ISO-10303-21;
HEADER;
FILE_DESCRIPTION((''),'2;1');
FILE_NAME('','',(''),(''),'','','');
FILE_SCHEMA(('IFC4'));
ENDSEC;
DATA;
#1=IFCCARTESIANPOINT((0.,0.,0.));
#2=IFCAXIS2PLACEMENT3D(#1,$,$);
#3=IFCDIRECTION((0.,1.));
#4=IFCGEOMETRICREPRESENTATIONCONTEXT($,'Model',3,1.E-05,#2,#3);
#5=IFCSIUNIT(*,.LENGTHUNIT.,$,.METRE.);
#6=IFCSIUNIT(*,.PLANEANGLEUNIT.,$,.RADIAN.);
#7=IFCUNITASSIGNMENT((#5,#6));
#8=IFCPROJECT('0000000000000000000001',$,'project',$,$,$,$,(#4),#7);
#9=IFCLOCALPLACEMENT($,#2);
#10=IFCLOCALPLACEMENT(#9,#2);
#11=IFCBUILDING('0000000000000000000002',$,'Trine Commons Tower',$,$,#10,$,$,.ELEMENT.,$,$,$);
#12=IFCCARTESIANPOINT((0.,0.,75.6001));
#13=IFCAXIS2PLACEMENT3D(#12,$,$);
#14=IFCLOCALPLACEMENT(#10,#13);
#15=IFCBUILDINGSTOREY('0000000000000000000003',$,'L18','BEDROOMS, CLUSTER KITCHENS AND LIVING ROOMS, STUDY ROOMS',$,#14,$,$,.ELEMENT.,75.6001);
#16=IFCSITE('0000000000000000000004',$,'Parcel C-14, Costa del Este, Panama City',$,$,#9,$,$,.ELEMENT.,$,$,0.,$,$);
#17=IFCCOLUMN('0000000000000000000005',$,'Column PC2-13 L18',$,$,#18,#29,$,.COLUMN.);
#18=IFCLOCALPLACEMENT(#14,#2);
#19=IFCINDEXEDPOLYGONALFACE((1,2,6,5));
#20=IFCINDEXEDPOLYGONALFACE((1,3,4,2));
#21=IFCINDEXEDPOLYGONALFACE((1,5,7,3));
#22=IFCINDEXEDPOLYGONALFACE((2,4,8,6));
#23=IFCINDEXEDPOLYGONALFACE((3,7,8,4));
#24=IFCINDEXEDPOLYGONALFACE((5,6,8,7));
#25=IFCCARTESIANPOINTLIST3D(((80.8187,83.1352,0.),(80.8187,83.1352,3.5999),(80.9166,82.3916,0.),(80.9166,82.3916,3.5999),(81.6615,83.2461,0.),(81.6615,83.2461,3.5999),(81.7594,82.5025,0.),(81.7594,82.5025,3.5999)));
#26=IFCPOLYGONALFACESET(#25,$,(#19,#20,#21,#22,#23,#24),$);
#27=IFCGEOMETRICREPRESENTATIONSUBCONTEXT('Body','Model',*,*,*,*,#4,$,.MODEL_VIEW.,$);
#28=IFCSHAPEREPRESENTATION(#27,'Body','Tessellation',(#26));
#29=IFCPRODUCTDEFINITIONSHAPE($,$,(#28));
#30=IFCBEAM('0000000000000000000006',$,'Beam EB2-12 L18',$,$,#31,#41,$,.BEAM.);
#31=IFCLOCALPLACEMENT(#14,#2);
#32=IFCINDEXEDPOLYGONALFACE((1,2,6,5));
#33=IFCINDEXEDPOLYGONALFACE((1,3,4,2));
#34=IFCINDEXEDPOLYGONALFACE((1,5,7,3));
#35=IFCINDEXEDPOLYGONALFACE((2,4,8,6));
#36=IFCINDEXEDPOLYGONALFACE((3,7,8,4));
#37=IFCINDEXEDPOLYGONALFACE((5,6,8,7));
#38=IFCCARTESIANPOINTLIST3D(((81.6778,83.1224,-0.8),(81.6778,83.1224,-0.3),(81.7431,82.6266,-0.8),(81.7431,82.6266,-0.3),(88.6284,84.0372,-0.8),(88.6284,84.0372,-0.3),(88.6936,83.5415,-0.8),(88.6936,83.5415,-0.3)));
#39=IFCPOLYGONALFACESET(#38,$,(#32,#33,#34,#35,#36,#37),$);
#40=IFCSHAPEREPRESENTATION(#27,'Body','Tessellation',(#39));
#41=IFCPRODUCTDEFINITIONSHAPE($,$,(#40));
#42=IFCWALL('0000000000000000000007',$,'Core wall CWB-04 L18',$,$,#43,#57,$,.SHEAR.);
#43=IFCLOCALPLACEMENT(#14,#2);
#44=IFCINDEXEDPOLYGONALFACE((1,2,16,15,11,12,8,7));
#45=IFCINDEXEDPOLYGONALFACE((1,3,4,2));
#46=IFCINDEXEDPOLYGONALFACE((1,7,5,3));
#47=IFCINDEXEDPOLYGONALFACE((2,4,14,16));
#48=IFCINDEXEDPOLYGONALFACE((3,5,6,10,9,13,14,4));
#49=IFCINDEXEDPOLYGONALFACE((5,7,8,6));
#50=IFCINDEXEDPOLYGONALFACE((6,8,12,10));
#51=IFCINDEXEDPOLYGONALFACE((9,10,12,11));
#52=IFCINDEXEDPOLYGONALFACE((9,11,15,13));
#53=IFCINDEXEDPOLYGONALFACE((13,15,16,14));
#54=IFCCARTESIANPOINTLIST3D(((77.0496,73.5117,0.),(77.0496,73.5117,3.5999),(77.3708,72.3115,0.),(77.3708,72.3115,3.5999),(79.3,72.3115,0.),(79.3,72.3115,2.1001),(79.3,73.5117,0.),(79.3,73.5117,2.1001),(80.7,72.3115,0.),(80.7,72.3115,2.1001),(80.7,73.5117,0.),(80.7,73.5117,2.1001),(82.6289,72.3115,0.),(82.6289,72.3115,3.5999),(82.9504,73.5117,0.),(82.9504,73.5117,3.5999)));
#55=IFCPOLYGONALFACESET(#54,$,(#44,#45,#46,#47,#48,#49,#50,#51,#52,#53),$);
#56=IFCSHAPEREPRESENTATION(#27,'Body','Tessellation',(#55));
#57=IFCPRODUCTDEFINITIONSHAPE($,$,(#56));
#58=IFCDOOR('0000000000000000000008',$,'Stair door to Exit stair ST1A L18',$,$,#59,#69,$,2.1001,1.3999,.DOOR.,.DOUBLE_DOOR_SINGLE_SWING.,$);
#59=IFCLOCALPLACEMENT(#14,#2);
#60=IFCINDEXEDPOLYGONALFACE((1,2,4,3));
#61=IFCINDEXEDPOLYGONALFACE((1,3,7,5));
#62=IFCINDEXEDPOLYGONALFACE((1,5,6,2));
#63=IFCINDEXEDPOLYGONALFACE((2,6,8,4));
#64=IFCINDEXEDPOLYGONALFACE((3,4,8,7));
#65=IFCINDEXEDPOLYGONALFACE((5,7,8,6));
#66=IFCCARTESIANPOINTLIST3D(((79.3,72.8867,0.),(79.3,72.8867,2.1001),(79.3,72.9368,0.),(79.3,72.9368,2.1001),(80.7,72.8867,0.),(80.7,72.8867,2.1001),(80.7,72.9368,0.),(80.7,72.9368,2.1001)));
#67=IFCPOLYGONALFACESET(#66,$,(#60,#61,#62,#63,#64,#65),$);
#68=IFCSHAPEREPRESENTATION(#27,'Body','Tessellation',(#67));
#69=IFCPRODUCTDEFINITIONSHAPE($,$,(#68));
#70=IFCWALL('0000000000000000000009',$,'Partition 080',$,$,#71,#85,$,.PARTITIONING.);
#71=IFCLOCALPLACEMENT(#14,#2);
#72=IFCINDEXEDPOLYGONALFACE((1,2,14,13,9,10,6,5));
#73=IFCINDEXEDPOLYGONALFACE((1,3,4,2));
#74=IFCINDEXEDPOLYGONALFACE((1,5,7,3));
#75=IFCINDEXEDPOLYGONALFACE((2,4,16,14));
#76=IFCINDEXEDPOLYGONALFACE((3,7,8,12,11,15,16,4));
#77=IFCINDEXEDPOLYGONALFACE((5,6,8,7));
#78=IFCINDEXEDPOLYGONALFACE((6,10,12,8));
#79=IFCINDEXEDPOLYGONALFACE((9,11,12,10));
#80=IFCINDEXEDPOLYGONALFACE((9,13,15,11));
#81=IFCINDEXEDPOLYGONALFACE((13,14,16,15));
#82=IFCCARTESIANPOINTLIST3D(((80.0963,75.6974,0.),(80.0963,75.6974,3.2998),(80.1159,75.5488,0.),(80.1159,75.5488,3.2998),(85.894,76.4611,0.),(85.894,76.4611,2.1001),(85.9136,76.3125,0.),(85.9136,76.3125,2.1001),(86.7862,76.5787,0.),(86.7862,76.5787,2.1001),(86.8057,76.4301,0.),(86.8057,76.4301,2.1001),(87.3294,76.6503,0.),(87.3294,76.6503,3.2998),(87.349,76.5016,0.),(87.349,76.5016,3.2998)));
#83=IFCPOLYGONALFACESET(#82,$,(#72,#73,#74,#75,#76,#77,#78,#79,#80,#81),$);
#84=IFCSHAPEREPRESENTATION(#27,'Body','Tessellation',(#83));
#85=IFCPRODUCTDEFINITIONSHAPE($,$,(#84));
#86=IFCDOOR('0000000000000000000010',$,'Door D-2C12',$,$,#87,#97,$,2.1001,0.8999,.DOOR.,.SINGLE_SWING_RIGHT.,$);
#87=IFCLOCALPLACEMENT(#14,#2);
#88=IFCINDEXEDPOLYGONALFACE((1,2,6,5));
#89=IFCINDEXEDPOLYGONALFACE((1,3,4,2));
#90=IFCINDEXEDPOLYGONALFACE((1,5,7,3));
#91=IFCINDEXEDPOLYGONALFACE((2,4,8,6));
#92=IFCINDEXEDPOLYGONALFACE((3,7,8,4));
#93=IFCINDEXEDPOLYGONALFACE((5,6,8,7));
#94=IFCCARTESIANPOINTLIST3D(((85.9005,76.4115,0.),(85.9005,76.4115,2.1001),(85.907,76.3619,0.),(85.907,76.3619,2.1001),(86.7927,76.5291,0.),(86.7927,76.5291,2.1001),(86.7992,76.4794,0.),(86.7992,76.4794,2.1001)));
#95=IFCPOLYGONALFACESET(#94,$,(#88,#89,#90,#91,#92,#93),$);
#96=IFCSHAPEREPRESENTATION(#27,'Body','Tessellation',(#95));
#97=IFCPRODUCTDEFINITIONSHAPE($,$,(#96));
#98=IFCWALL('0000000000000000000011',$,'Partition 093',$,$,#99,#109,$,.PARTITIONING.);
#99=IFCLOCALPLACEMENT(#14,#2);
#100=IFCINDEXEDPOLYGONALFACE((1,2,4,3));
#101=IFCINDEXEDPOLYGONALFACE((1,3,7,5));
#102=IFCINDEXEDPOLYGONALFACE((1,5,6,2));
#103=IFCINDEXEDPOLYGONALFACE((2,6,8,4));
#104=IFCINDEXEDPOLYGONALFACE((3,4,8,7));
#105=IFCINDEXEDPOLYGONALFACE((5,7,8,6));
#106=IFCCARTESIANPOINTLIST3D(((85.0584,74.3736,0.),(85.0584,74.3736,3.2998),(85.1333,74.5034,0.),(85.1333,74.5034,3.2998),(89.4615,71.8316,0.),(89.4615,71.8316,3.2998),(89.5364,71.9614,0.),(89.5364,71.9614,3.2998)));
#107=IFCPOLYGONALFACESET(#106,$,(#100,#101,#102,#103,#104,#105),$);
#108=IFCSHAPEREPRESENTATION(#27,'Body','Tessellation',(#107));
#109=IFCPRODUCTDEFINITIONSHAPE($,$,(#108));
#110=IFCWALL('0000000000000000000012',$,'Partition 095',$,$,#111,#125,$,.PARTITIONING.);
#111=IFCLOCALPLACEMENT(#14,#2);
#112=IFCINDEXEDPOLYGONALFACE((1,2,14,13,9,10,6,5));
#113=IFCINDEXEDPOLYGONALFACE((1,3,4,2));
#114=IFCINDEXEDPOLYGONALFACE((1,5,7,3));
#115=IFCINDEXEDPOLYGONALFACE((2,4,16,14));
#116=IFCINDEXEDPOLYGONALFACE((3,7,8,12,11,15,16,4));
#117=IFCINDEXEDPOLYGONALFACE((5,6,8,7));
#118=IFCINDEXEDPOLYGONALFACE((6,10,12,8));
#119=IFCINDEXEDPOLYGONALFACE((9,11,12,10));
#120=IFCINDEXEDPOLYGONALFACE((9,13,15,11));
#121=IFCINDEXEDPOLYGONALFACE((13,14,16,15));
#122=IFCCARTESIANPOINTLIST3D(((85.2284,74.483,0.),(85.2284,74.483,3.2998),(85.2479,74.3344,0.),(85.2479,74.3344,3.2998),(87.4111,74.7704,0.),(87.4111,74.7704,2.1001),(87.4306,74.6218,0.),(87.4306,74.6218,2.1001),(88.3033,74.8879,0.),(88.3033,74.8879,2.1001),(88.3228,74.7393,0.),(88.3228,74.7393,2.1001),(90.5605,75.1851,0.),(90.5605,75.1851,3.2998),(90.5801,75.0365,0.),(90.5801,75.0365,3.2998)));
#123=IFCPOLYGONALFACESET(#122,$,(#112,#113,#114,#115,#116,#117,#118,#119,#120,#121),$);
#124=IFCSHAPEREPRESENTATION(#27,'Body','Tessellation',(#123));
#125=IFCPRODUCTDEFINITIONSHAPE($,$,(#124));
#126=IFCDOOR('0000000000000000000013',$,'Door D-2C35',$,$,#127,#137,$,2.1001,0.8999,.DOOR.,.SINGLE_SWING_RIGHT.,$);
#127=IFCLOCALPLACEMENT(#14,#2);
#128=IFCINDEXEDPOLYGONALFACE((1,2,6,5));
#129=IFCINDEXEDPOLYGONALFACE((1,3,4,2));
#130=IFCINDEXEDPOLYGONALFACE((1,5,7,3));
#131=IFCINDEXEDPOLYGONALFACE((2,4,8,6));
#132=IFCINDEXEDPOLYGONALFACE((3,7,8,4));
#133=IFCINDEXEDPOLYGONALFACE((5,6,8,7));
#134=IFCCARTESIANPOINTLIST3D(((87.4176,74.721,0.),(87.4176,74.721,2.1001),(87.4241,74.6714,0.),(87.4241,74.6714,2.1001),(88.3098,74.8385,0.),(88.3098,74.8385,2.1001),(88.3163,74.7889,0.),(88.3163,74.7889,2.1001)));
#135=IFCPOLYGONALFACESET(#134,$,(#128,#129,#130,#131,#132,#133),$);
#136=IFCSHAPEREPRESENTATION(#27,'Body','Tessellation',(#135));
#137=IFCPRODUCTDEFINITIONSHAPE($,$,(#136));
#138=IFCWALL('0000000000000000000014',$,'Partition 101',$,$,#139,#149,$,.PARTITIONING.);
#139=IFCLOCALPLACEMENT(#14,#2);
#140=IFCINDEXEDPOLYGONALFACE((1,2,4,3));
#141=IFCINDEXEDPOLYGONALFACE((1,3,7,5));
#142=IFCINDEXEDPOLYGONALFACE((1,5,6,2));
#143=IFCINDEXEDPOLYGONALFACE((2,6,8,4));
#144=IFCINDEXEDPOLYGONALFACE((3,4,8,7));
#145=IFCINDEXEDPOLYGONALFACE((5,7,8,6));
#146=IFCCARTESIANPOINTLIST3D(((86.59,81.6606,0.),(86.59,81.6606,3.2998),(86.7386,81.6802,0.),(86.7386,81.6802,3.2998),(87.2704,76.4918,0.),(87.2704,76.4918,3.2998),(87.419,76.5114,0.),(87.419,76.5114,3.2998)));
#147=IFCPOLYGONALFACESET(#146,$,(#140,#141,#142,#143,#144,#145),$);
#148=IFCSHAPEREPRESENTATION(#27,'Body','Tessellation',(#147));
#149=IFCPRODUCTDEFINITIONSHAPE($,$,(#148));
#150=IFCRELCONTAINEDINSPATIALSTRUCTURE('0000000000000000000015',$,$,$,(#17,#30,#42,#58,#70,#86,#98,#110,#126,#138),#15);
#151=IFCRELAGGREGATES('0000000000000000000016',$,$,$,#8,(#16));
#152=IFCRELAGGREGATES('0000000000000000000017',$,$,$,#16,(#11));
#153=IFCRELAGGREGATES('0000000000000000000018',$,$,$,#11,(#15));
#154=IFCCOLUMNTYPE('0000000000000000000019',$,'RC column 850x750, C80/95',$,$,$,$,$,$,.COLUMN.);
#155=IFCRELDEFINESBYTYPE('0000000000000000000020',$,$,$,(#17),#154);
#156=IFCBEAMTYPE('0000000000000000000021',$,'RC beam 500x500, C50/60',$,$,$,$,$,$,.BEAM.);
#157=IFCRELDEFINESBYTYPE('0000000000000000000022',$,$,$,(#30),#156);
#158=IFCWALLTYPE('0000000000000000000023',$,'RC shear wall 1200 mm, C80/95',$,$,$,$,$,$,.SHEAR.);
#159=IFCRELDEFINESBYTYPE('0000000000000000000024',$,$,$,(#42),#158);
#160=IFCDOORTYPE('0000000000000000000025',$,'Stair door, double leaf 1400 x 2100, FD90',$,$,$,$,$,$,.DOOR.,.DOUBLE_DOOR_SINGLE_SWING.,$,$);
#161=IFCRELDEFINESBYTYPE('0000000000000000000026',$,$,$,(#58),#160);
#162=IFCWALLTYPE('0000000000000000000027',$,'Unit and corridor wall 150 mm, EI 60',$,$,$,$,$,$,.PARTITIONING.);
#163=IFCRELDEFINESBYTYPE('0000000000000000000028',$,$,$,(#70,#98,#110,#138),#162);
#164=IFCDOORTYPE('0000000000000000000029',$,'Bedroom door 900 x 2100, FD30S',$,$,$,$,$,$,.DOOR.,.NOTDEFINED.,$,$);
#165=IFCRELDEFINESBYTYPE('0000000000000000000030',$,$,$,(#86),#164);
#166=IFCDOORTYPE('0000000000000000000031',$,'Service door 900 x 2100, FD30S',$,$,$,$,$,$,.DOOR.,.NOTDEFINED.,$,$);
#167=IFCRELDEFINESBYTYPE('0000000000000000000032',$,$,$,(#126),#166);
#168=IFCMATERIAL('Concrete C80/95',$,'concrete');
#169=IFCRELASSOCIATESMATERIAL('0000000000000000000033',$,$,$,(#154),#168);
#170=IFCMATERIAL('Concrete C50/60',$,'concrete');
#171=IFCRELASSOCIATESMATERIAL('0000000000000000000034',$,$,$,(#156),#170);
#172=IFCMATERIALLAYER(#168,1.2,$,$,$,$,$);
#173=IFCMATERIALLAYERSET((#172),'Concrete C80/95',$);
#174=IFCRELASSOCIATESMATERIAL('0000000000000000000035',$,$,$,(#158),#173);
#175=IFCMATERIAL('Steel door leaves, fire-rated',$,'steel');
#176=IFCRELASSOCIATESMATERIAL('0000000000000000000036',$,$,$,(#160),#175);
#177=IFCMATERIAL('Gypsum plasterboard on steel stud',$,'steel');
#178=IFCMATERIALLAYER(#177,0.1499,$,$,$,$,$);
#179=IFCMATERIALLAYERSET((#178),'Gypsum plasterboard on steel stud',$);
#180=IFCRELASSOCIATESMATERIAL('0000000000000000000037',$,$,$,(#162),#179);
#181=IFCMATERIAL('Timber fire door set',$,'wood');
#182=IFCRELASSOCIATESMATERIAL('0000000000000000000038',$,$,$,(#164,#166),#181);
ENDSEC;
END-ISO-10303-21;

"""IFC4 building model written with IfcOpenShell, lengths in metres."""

from ifc_helpers import new_model, si_unit, direction, frame, frame_2d, origin, origin_2d, place, context, subcontext, project, spatial, polyline, rectangle, outline, extrude, material, layer, layer_set, material_profile, profile_set, type_object, element, fill, save


model = new_model("IFC4")

# Units and contexts
model_context = context("Model", 3, precision=1e-05, world=origin(), true_north=direction((0.0, 1.0)))
body_context = subcontext(model_context, "Body", "Model", "MODEL_VIEW")
ifc_project = project(units=[si_unit("LENGTHUNIT", "METRE"), si_unit("PLANEANGLEUNIT", "RADIAN")], contexts=[model_context])

# Site, building, storey
site_placement = place(None, origin())
site = spatial("IfcSite", under=ifc_project, at=site_placement, Name="Parcel C-14, Costa del Este, Panama City", CompositionType="ELEMENT", RefElevation=0.0)
building_placement = place(site_placement, origin())
building = spatial("IfcBuilding", under=site, at=building_placement, Name="Trine Commons Tower", CompositionType="ELEMENT")
storey_placement = place(building_placement, frame((0.0, 0.0, 75.6001)))
storey = spatial("IfcBuildingStorey", under=building, at=storey_placement, Name="L18", Description="BEDROOMS, CLUSTER KITCHENS AND LIVING ROOMS, STUDY ROOMS", CompositionType="ELEMENT", Elevation=75.6001)

# Column
ifc_material_1 = material(Name="Concrete C80/95", Category="concrete")
ifc_material_profile_1 = material_profile(ifc_material_1, rectangle(XDim=0.8501, YDim=0.75, at=origin_2d()), Name="RC 850x750")
ifc_profile_set_1 = profile_set([ifc_material_profile_1], Name="Concrete C80/95")
column_type = type_object("IfcColumnType", Name="RC column 850x750, C80/95", PredefinedType="COLUMN", material=ifc_profile_set_1)
column_placement = place(storey_placement, frame((81.2891, 82.8188, 0.0), z_axis=(0.0, 0.0, 1.0), x_axis=(0.991445, 0.130526, 0.0)))
element("IfcColumn", 1, at=column_placement, inside=storey, type_object=column_type, Name="Column PC2-13 L18", PredefinedType="COLUMN", context=body_context, shape_type="SweptSolid", body=[
    extrude(rectangle(XDim=0.8501, YDim=0.75, at=origin_2d()), origin(), (0.0, 0.0, 1.0), 3.5999),
])

# Beam
ifc_material_2 = material(Name="Concrete C50/60", Category="concrete")
ifc_material_profile_2 = material_profile(ifc_material_2, rectangle(XDim=0.5, YDim=0.5, at=origin_2d()), Name="RC 500x500")
ifc_profile_set_2 = profile_set([ifc_material_profile_2], Name="Concrete C50/60")
beam_type = type_object("IfcBeamType", Name="RC beam 500x500, C50/60", PredefinedType="BEAM", material=ifc_profile_set_2)
beam_placement = place(storey_placement, frame((81.7104, 82.8745, -0.55), z_axis=(0.991449, 0.130491, 0.0), x_axis=(-0.130491, 0.991449, 0.0)))
element("IfcBeam", 2, at=beam_placement, inside=storey, type_object=beam_type, Name="Beam EB2-12 L18", PredefinedType="BEAM", context=body_context, shape_type="SweptSolid", body=[
    extrude(rectangle(XDim=0.5, YDim=0.5, at=origin_2d()), origin(), (0.0, 0.0, 1.0), 7.0105),
])

# Walls, openings, doors
ifc_layer_1 = layer(ifc_material_1, 1.2)
ifc_layer_set_1 = layer_set([ifc_layer_1], Name="Concrete C80/95")
wall_type_1 = type_object("IfcWallType", Name="RC shear wall 1200 mm, C80/95", PredefinedType="SHEAR", material=ifc_layer_set_1)
wall_1_placement = place(storey_placement, frame((82.9504, 72.9116, 0.0), z_axis=(0.0, 0.0, 1.0), x_axis=(-1.0, 0.0, 0.0)))
wall_1 = element("IfcWall", 3, at=wall_1_placement, inside=storey, type_object=wall_type_1, Name="Core wall CWB-04 L18", PredefinedType="SHEAR", context=body_context, shape_type="SweptSolid", body=[
    extrude(outline(polyline([(0.0, -0.6001), (5.9009, -0.6001), (5.5796, 0.6001), (0.3215, 0.6001), (0.0, -0.6001)])), origin(), (0.0, 0.0, 1.0), 3.5999),
])
opening_1_placement = place(wall_1_placement, frame((2.2505, 0.0, 0.0)))
opening_1 = element("IfcOpeningElement", 4, at=opening_1_placement, cuts=wall_1, PredefinedType="OPENING", context=body_context, shape_type="SweptSolid", body=[
    extrude(rectangle(XDim=1.3999, YDim=2.1001, at=frame_2d((0.7, 1.05))), frame((0.0, 0.6099, 0.0), z_axis=(0.0, -1.0, 0.0), x_axis=(1.0, 0.0, 0.0)), (0.0, 0.0, 1.0), 1.22),
])
ifc_material_3 = material(Name="Steel door leaves, fire-rated", Category="steel")
door_type_1 = type_object("IfcDoorType", Name="Stair door, double leaf 1400 x 2100, FD90", OperationType="DOUBLE_DOOR_SINGLE_SWING", PredefinedType="DOOR", material=ifc_material_3)
door_1_placement = place(opening_1_placement, origin())
door_1 = element("IfcDoor", 5, at=door_1_placement, inside=storey, type_object=door_type_1, Name="Stair door to Exit stair ST1A L18", OperationType="DOUBLE_DOOR_SINGLE_SWING", OverallHeight=2.1001, OverallWidth=1.3999, PredefinedType="DOOR", context=body_context, shape_type="SweptSolid", body=[
    extrude(rectangle(XDim=1.3999, YDim=2.1001, at=frame_2d((0.7, 1.05))), frame((0.0, 0.0249, 0.0), z_axis=(0.0, -1.0, 0.0), x_axis=(1.0, 0.0, 0.0)), (0.0, 0.0, 1.0), 0.05),
])
fill(opening_1, door_1)
ifc_material_4 = material(Name="Gypsum plasterboard on steel stud", Category="steel")
ifc_layer_2 = layer(ifc_material_4, 0.1499)
ifc_layer_set_2 = layer_set([ifc_layer_2], Name="Gypsum plasterboard on steel stud")
wall_type_2 = type_object("IfcWallType", Name="Unit and corridor wall 150 mm, EI 60", PredefinedType="PARTITIONING", material=ifc_layer_set_2)
wall_2_placement = place(storey_placement, frame((80.106, 75.623, 0.0), z_axis=(0.0, 0.0, 1.0), x_axis=(0.991434, 0.130609, 0.0)))
wall_2 = element("IfcWall", 6, at=wall_2_placement, inside=storey, type_object=wall_type_2, Name="Partition 080", PredefinedType="PARTITIONING", context=body_context, shape_type="SweptSolid", body=[
    extrude(rectangle(XDim=7.2957, YDim=0.1499, at=frame_2d((3.6479, 0.0))), origin(), (0.0, 0.0, 1.0), 3.2998),
])
opening_2_placement = place(wall_2_placement, frame((5.8479, 0.0, 0.0)))
opening_2 = element("IfcOpeningElement", 7, at=opening_2_placement, cuts=wall_2, PredefinedType="OPENING", context=body_context, shape_type="SweptSolid", body=[
    extrude(rectangle(XDim=0.8999, YDim=2.1001, at=frame_2d((0.45, 1.05))), frame((0.0, 0.085, 0.0), z_axis=(0.0, -1.0, 0.0), x_axis=(1.0, 0.0, 0.0)), (0.0, 0.0, 1.0), 0.1699),
])
ifc_material_5 = material(Name="Timber fire door set", Category="wood")
door_type_2 = type_object("IfcDoorType", Name="Bedroom door 900 x 2100, FD30S", OperationType="NOTDEFINED", PredefinedType="DOOR", material=ifc_material_5)
door_2_placement = place(opening_2_placement, origin())
door_2 = element("IfcDoor", 8, at=door_2_placement, inside=storey, type_object=door_type_2, Name="Door D-2C12", OperationType="SINGLE_SWING_RIGHT", OverallHeight=2.1001, OverallWidth=0.8999, PredefinedType="DOOR", context=body_context, shape_type="SweptSolid", body=[
    extrude(rectangle(XDim=0.8999, YDim=2.1001, at=frame_2d((0.45, 1.05))), frame((0.0, 0.0249, 0.0), z_axis=(0.0, -1.0, 0.0), x_axis=(1.0, 0.0, 0.0)), (0.0, 0.0, 1.0), 0.05),
])
fill(opening_2, door_2)

# Wall
wall_3_placement = place(storey_placement, frame((85.0959, 74.4385, 0.0), z_axis=(0.0, 0.0, 1.0), x_axis=(0.866036, -0.499982, 0.0)))
element("IfcWall", 9, at=wall_3_placement, inside=storey, type_object=wall_type_2, Name="Partition 093", PredefinedType="PARTITIONING", context=body_context, shape_type="SweptSolid", body=[
    extrude(rectangle(XDim=5.0842, YDim=0.1499, at=frame_2d((2.542, 0.0))), origin(), (0.0, 0.0, 1.0), 3.2998),
])

# Wall, opening, door
wall_4_placement = place(storey_placement, frame((85.2383, 74.4087, 0.0), z_axis=(0.0, 0.0, 1.0), x_axis=(0.991441, 0.130558, 0.0)))
wall_4 = element("IfcWall", 10, at=wall_4_placement, inside=storey, type_object=wall_type_2, Name="Partition 095", PredefinedType="PARTITIONING", context=body_context, shape_type="SweptSolid", body=[
    extrude(rectangle(XDim=5.3782, YDim=0.1499, at=frame_2d((2.689, 0.0))), origin(), (0.0, 0.0, 1.0), 3.2998),
])
opening_3_placement = place(wall_4_placement, frame((2.2014, 0.0, 0.0)))
opening_3 = element("IfcOpeningElement", 11, at=opening_3_placement, cuts=wall_4, PredefinedType="OPENING", context=body_context, shape_type="SweptSolid", body=[
    extrude(rectangle(XDim=0.8999, YDim=2.1001, at=frame_2d((0.45, 1.05))), frame((0.0, 0.085, 0.0), z_axis=(0.0, -1.0, 0.0), x_axis=(1.0, 0.0, 0.0)), (0.0, 0.0, 1.0), 0.1699),
])
door_type_3 = type_object("IfcDoorType", Name="Service door 900 x 2100, FD30S", OperationType="NOTDEFINED", PredefinedType="DOOR", material=ifc_material_5)
door_3_placement = place(opening_3_placement, frame((0.8999, 0.0, 0.0), z_axis=(0.0, 0.0, 1.0), x_axis=(-1.0, 0.0, 0.0)))
door_3 = element("IfcDoor", 12, at=door_3_placement, inside=storey, type_object=door_type_3, Name="Door D-2C35", OperationType="SINGLE_SWING_RIGHT", OverallHeight=2.1001, OverallWidth=0.8999, PredefinedType="DOOR", context=body_context, shape_type="SweptSolid", body=[
    extrude(rectangle(XDim=0.8999, YDim=2.1001, at=frame_2d((0.45, 1.05))), frame((0.0, 0.0249, 0.0), z_axis=(0.0, -1.0, 0.0), x_axis=(1.0, 0.0, 0.0)), (0.0, 0.0, 1.0), 0.05),
])
fill(opening_3, door_3)

# Wall
wall_5_placement = place(storey_placement, frame((86.6643, 81.6704, 0.0), z_axis=(0.0, 0.0, 1.0), x_axis=(0.130516, -0.991446, 0.0)))
element("IfcWall", 13, at=wall_5_placement, inside=storey, type_object=wall_type_2, Name="Partition 101", PredefinedType="PARTITIONING", context=body_context, shape_type="SweptSolid", body=[
    extrude(rectangle(XDim=5.2134, YDim=0.1499, at=frame_2d((2.6067, 0.0))), origin(), (0.0, 0.0, 1.0), 3.2998),
])

save(model, "model.ifc")
